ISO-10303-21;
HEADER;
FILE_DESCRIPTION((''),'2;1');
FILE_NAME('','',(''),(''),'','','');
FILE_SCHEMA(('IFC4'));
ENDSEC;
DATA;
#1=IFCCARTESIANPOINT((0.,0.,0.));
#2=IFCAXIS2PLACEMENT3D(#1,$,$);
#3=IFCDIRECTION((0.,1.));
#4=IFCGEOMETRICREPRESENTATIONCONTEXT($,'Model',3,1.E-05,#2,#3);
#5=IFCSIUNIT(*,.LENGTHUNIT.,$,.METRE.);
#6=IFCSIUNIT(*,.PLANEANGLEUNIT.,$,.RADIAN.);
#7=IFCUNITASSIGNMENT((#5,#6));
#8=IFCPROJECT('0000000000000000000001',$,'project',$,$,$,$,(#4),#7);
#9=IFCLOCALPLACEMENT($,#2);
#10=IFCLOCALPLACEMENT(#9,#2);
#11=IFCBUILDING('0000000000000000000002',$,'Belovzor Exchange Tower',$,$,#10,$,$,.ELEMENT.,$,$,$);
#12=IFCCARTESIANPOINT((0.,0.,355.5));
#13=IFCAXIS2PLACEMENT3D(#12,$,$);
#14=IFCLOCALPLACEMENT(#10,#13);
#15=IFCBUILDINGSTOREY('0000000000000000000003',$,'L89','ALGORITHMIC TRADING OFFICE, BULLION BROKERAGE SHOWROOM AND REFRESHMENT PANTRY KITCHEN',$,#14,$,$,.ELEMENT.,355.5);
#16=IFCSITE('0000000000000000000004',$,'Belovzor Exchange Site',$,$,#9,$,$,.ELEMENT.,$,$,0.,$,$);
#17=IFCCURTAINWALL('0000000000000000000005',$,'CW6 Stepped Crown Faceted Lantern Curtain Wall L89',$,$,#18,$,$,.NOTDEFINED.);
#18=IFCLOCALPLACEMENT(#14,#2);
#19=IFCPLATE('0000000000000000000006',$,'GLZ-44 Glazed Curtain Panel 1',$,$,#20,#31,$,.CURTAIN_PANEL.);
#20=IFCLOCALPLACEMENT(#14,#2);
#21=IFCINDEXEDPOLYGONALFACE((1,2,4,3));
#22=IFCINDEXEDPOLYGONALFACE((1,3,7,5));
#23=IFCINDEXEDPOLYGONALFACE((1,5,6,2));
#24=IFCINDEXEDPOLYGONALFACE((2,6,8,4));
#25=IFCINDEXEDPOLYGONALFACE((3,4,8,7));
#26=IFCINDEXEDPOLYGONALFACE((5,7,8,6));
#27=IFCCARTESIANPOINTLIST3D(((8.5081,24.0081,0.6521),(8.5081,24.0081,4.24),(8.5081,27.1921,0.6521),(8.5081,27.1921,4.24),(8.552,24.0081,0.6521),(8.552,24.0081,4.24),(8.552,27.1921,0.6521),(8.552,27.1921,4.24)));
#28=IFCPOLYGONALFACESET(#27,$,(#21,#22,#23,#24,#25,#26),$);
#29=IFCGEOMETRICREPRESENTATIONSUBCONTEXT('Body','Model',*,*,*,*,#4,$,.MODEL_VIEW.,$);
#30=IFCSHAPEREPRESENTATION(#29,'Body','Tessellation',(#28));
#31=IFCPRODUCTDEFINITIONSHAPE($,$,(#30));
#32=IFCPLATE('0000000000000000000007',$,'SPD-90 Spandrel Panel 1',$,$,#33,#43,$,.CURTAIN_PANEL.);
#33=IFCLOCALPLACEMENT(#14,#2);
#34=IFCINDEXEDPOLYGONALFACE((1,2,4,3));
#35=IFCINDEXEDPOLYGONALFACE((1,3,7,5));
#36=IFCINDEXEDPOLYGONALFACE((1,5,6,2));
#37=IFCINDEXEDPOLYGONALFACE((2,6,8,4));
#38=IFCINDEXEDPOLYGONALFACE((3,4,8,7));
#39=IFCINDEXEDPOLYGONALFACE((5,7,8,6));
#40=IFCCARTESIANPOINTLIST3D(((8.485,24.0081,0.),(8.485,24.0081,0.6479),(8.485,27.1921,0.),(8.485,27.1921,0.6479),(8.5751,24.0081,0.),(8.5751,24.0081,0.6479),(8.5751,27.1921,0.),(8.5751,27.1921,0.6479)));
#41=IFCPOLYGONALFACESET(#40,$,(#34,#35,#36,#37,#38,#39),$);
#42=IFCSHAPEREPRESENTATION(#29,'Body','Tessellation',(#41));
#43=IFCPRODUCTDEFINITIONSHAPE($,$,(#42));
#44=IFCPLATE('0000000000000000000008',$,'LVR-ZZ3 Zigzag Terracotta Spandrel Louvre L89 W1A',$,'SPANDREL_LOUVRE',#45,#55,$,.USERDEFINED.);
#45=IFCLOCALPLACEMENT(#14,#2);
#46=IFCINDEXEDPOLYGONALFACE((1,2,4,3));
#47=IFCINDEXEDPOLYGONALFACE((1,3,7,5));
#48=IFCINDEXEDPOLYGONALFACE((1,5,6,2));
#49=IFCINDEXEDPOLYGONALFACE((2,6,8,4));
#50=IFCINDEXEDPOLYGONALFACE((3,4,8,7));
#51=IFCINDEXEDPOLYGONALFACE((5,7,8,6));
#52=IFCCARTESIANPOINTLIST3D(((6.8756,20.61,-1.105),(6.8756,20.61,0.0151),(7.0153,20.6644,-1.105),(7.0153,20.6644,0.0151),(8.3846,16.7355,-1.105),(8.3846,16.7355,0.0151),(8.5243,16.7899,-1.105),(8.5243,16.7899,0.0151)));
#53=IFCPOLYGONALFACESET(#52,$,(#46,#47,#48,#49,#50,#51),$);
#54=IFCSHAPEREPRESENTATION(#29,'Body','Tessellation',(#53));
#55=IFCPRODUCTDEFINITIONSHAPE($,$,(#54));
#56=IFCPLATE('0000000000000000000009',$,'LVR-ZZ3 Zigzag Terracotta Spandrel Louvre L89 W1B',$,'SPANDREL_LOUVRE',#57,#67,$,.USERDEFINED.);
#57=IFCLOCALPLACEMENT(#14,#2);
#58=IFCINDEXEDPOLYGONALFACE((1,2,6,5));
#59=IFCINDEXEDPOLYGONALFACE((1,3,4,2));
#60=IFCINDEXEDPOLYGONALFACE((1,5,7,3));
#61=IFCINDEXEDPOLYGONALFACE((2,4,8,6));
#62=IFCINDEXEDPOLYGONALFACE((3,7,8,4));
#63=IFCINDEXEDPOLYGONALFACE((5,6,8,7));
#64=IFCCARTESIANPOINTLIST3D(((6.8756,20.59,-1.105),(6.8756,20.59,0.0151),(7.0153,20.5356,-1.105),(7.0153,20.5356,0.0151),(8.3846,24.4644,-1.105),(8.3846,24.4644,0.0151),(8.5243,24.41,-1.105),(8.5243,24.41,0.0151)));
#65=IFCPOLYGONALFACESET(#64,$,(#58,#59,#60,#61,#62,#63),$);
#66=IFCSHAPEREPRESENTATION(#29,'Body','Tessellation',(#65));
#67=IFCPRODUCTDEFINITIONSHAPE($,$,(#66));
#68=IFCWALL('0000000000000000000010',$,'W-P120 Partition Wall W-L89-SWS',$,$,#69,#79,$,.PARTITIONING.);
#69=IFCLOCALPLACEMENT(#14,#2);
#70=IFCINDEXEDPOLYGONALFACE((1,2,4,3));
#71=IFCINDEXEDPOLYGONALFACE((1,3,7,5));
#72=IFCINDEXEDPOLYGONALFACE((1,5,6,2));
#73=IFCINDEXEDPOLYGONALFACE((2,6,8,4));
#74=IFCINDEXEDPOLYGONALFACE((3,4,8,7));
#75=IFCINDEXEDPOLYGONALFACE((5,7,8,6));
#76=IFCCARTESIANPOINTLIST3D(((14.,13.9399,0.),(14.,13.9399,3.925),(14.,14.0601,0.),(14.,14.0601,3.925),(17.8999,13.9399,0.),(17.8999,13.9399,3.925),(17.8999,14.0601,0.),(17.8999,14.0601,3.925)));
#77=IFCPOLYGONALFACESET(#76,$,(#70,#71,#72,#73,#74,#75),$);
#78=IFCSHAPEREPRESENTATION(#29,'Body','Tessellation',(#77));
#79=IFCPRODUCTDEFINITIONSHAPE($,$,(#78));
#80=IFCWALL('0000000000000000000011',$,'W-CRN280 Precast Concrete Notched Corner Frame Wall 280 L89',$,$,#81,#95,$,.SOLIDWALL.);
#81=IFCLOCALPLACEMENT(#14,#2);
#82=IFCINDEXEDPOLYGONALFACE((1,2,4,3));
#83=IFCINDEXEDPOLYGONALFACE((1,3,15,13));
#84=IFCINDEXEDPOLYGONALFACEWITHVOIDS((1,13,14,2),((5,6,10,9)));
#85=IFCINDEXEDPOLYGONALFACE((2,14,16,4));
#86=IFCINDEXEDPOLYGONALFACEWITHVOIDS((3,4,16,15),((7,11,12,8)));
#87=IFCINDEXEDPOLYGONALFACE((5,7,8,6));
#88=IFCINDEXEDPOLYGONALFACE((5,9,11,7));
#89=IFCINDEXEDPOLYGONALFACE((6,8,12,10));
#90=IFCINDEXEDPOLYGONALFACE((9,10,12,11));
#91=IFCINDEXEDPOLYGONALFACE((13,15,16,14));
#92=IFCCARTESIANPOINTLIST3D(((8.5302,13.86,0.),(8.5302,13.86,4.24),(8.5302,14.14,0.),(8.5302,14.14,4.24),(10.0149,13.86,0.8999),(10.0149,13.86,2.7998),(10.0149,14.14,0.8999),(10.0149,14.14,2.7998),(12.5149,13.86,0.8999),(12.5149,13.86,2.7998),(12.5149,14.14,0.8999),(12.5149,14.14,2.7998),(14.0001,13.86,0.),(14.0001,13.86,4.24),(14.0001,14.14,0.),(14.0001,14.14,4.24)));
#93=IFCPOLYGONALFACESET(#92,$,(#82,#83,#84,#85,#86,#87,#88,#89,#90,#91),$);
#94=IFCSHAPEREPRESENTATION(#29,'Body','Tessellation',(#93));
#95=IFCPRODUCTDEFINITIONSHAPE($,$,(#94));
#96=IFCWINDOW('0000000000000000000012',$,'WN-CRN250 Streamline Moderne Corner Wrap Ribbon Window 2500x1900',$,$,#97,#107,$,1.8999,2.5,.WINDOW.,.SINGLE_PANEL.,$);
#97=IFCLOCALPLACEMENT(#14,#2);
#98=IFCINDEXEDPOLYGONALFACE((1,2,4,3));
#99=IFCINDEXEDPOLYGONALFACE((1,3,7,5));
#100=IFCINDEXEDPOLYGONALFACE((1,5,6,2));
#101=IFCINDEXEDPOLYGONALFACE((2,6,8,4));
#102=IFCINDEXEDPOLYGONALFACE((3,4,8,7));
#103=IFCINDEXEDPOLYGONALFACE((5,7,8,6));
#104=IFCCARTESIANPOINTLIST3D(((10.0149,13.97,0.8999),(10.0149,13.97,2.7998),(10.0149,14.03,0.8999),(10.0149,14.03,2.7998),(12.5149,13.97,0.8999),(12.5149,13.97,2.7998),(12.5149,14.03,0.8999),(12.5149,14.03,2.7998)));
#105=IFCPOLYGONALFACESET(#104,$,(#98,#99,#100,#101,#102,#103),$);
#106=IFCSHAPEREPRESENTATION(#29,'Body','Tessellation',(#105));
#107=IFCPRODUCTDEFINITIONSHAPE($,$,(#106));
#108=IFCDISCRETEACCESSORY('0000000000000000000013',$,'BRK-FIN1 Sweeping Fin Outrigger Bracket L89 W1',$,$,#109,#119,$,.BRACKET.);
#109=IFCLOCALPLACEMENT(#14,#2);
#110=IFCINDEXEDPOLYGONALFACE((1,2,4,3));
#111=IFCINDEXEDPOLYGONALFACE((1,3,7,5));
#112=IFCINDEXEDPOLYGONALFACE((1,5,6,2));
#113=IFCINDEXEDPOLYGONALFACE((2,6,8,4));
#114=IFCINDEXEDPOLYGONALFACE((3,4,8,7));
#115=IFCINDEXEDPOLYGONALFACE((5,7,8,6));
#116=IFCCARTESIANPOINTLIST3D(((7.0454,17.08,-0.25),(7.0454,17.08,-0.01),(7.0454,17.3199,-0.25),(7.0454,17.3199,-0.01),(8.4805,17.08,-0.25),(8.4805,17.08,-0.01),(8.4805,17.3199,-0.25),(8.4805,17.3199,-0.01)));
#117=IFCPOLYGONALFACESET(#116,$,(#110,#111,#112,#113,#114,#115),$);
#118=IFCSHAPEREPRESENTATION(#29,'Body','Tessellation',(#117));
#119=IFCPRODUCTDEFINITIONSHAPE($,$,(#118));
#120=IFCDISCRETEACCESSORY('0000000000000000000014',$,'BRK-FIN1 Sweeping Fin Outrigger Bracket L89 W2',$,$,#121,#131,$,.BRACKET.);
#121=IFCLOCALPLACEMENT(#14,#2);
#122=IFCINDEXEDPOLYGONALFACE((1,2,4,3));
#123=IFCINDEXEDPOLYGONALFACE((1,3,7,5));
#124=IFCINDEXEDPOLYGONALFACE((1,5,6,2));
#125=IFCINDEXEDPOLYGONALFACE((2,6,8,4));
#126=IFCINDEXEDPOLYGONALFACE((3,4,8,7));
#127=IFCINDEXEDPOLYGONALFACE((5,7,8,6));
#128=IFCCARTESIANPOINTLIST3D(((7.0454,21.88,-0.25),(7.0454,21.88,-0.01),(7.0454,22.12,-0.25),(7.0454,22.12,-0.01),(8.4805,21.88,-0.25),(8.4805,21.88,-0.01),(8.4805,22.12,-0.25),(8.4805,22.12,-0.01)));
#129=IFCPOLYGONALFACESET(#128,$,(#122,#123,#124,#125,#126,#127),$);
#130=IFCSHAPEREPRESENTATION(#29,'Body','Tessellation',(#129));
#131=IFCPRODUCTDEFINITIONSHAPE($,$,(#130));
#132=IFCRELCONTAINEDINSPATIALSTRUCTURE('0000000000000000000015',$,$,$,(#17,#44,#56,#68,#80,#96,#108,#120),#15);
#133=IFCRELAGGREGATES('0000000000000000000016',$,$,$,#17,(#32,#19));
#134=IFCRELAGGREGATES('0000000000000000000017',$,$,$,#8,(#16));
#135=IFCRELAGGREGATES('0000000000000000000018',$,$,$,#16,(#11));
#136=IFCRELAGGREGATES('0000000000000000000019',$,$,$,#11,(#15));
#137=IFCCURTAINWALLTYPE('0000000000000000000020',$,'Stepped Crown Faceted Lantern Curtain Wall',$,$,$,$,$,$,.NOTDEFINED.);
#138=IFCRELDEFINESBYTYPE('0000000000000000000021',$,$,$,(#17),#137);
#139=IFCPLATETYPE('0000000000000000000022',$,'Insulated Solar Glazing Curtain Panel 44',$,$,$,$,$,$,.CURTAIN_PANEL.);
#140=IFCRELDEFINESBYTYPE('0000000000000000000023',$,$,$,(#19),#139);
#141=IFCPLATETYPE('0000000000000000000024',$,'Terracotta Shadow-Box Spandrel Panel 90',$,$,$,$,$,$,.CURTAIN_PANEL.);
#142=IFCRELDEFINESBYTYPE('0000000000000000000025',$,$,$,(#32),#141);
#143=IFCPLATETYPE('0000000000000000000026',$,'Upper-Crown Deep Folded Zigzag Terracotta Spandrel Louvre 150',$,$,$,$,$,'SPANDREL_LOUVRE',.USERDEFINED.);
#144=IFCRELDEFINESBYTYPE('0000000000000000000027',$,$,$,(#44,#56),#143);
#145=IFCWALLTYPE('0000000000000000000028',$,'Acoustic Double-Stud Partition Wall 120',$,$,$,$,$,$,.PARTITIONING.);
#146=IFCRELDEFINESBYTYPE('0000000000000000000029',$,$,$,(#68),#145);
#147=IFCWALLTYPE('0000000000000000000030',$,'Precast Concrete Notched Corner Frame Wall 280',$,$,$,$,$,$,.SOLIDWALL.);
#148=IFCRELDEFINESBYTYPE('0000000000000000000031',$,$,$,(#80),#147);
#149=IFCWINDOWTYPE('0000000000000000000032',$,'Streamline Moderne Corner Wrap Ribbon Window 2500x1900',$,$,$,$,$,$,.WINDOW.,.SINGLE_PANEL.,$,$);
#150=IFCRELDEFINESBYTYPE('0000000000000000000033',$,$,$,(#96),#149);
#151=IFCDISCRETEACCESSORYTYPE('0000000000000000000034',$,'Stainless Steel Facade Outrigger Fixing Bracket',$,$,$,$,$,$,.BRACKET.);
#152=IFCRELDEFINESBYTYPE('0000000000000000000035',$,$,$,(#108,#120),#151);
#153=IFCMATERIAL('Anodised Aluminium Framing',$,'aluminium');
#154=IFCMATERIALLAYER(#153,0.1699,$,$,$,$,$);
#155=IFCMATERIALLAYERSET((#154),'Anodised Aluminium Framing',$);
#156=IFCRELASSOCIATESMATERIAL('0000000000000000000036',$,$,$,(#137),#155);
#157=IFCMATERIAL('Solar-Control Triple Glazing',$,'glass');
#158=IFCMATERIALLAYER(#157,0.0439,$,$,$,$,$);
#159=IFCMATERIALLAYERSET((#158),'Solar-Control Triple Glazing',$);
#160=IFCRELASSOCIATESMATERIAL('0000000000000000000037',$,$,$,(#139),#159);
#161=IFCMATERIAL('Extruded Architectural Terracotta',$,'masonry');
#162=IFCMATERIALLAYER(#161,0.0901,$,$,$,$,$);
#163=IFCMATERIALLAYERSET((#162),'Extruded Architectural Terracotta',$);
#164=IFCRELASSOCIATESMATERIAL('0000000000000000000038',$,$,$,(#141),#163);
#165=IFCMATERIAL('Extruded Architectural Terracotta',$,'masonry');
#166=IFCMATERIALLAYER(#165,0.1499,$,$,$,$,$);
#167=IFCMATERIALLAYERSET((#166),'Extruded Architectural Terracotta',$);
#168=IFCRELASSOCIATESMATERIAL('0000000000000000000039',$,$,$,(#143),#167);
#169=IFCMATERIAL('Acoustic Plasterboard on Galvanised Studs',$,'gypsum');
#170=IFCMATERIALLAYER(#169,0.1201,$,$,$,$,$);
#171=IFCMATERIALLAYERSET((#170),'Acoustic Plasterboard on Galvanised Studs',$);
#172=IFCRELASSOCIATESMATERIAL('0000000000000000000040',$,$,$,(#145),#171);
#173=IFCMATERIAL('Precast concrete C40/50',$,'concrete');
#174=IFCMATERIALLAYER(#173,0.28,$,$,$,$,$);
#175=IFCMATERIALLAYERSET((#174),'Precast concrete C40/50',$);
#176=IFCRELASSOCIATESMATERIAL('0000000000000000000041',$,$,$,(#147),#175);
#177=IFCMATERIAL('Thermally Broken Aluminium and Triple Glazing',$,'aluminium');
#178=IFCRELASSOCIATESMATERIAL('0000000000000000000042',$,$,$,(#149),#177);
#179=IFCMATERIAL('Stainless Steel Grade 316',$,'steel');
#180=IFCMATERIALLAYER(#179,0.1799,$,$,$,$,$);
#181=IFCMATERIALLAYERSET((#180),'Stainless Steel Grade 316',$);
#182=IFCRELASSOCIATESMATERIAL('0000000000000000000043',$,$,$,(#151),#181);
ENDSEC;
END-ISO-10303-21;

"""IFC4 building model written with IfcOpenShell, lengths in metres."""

from ifc_helpers import new_model, si_unit, direction, frame, frame_2d, origin, origin_2d, place, context, subcontext, project, spatial, rectangle, extrude, material, layer, layer_set, type_object, element, fill, aggregate, save


model = new_model("IFC4")

# Units and contexts
model_context = context("Model", 3, precision=1e-05, world=origin(), true_north=direction((0.0, 1.0)))
body_context = subcontext(model_context, "Body", "Model", "MODEL_VIEW")
ifc_project = project(units=[si_unit("LENGTHUNIT", "METRE"), si_unit("PLANEANGLEUNIT", "RADIAN")], contexts=[model_context])

# Site, building, storey
site_placement = place(None, origin())
site = spatial("IfcSite", under=ifc_project, at=site_placement, Name="Belovzor Exchange Site", CompositionType="ELEMENT", RefElevation=0.0)
building_placement = place(site_placement, origin())
building = spatial("IfcBuilding", under=site, at=building_placement, Name="Belovzor Exchange Tower", CompositionType="ELEMENT")
storey_placement = place(building_placement, frame((0.0, 0.0, 355.5)))
storey = spatial("IfcBuildingStorey", under=building, at=storey_placement, Name="L89", Description="ALGORITHMIC TRADING OFFICE, BULLION BROKERAGE SHOWROOM AND REFRESHMENT PANTRY KITCHEN", CompositionType="ELEMENT", Elevation=355.5)

# Curtain wall
ifc_material_1 = material(Name="Anodised Aluminium Framing", Category="aluminium")
ifc_layer_1 = layer(ifc_material_1, 0.1699)
ifc_layer_set_1 = layer_set([ifc_layer_1], Name="Anodised Aluminium Framing")
curtain_wall_type = type_object("IfcCurtainWallType", Name="Stepped Crown Faceted Lantern Curtain Wall", PredefinedType="NOTDEFINED", material=ifc_layer_set_1)
curtain_wall_placement = place(storey_placement, origin())
curtain_wall = element("IfcCurtainWall", 1, at=curtain_wall_placement, inside=storey, type_object=curtain_wall_type, Name="CW6 Stepped Crown Faceted Lantern Curtain Wall L89", PredefinedType="NOTDEFINED")

# Plates
ifc_material_2 = material(Name="Solar-Control Triple Glazing", Category="glass")
ifc_layer_2 = layer(ifc_material_2, 0.0439)
ifc_layer_set_2 = layer_set([ifc_layer_2], Name="Solar-Control Triple Glazing")
plate_type_1 = type_object("IfcPlateType", Name="Insulated Solar Glazing Curtain Panel 44", PredefinedType="CURTAIN_PANEL", material=ifc_layer_set_2)
plate_1_placement = place(storey_placement, frame((8.53, 25.6001, 0.6521), z_axis=(0.0, 0.0, 1.0), x_axis=(0.0, 1.0, 0.0)))
plate_1 = element("IfcPlate", 2, at=plate_1_placement, type_object=plate_type_1, Name="GLZ-44 Glazed Curtain Panel 1", PredefinedType="CURTAIN_PANEL", context=body_context, shape_type="SweptSolid", body=[
    extrude(rectangle(XDim=3.1841, YDim=0.0439, at=origin_2d()), origin(), (0.0, 0.0, 1.0), 3.5879),
])
ifc_material_3 = material(Name="Extruded Architectural Terracotta", Category="masonry")
ifc_layer_3 = layer(ifc_material_3, 0.0901)
ifc_layer_set_3 = layer_set([ifc_layer_3], Name="Extruded Architectural Terracotta")
plate_type_2 = type_object("IfcPlateType", Name="Terracotta Shadow-Box Spandrel Panel 90", PredefinedType="CURTAIN_PANEL", material=ifc_layer_set_3)
plate_2_placement = place(storey_placement, frame((8.53, 25.6001, 0.0), z_axis=(0.0, 0.0, 1.0), x_axis=(0.0, 1.0, 0.0)))
plate_2 = element("IfcPlate", 3, at=plate_2_placement, type_object=plate_type_2, Name="SPD-90 Spandrel Panel 1", PredefinedType="CURTAIN_PANEL", context=body_context, shape_type="SweptSolid", body=[
    extrude(rectangle(XDim=3.1841, YDim=0.0901, at=origin_2d()), origin(), (0.0, 0.0, 1.0), 0.6479),
])
aggregate(curtain_wall, [plate_2, plate_1])

# Plates
ifc_material_4 = material(Name="Extruded Architectural Terracotta", Category="masonry")
ifc_layer_4 = layer(ifc_material_4, 0.1499)
ifc_layer_set_4 = layer_set([ifc_layer_4], Name="Extruded Architectural Terracotta")
plate_type_3 = type_object("IfcPlateType", Name="Upper-Crown Deep Folded Zigzag Terracotta Spandrel Louvre 150", ElementType="SPANDREL_LOUVRE", PredefinedType="USERDEFINED", material=ifc_layer_set_4)
for number, where, z_axis, x_axis, name in (
    (4, (7.7, 18.7, -1.105), (0.0, 0.0, 1.0), (-0.362926, 0.931818, 0.0), "LVR-ZZ3 Zigzag Terracotta Spandrel Louvre L89 W1A"),
    (5, (7.7, 22.5, -1.105), (0.0, 0.0, 1.0), (0.362926, 0.931818, 0.0), "LVR-ZZ3 Zigzag Terracotta Spandrel Louvre L89 W1B"),
):
    element("IfcPlate", number, at=place(storey_placement, frame(where, z_axis=z_axis, x_axis=x_axis)), inside=storey, type_object=plate_type_3, Name=name, ObjectType="SPANDREL_LOUVRE", PredefinedType="USERDEFINED", context=body_context, shape_type="SweptSolid", body=[
        extrude(rectangle(XDim=4.158, YDim=0.1499, at=origin_2d()), origin(), (0.0, 0.0, 1.0), 1.1201),
    ])

# Wall
ifc_material_5 = material(Name="Acoustic Plasterboard on Galvanised Studs", Category="gypsum")
ifc_layer_5 = layer(ifc_material_5, 0.1201)
ifc_layer_set_5 = layer_set([ifc_layer_5], Name="Acoustic Plasterboard on Galvanised Studs")
wall_type_1 = type_object("IfcWallType", Name="Acoustic Double-Stud Partition Wall 120", PredefinedType="PARTITIONING", material=ifc_layer_set_5)
wall_1_placement = place(storey_placement, frame((14.0, 14.0, 0.0), z_axis=(0.0, 0.0, 1.0), x_axis=(1.0, 0.0, 0.0)))
element("IfcWall", 6, at=wall_1_placement, inside=storey, type_object=wall_type_1, Name="W-P120 Partition Wall W-L89-SWS", PredefinedType="PARTITIONING", context=body_context, shape_type="SweptSolid", body=[
    extrude(rectangle(XDim=3.8999, YDim=0.1201, at=frame_2d((1.95, 0.0))), origin(), (0.0, 0.0, 1.0), 3.925),
])

# Wall, opening, window
ifc_material_6 = material(Name="Precast concrete C40/50", Category="concrete")
ifc_layer_6 = layer(ifc_material_6, 0.28)
ifc_layer_set_6 = layer_set([ifc_layer_6], Name="Precast concrete C40/50")
wall_type_2 = type_object("IfcWallType", Name="Precast Concrete Notched Corner Frame Wall 280", PredefinedType="SOLIDWALL", material=ifc_layer_set_6)
wall_2_placement = place(storey_placement, frame((14.0, 14.0, 0.0), z_axis=(0.0, 0.0, 1.0), x_axis=(-1.0, 0.0, 0.0)))
wall_2 = element("IfcWall", 7, at=wall_2_placement, inside=storey, type_object=wall_type_2, Name="W-CRN280 Precast Concrete Notched Corner Frame Wall 280 L89", PredefinedType="SOLIDWALL", context=body_context, shape_type="SweptSolid", body=[
    extrude(rectangle(XDim=5.47, YDim=0.28, at=frame_2d((2.7349, 0.0))), origin(), (0.0, 0.0, 1.0), 4.24),
])
opening_placement = place(wall_2_placement, frame((1.4851, 0.0, 0.8999)))
opening = element("IfcOpeningElement", 8, at=opening_placement, cuts=wall_2, PredefinedType="OPENING", context=body_context, shape_type="SweptSolid", body=[
    extrude(rectangle(XDim=2.5, YDim=1.8999, at=frame_2d((1.25, 0.95))), frame((0.0, 0.1499, 0.0), z_axis=(0.0, -1.0, 0.0), x_axis=(1.0, 0.0, 0.0)), (0.0, 0.0, 1.0), 0.3),
])
ifc_material_7 = material(Name="Thermally Broken Aluminium and Triple Glazing", Category="aluminium")
window_type = type_object("IfcWindowType", Name="Streamline Moderne Corner Wrap Ribbon Window 2500x1900", PartitioningType="SINGLE_PANEL", PredefinedType="WINDOW", material=ifc_material_7)
window_placement = place(opening_placement, origin())
window = element("IfcWindow", 9, at=window_placement, inside=storey, type_object=window_type, Name="WN-CRN250 Streamline Moderne Corner Wrap Ribbon Window 2500x1900", OverallHeight=1.8999, OverallWidth=2.5, PartitioningType="SINGLE_PANEL", PredefinedType="WINDOW", context=body_context, shape_type="SweptSolid", body=[
    extrude(rectangle(XDim=2.5, YDim=1.8999, at=frame_2d((1.25, 0.95))), frame((0.0, 0.03, 0.0), z_axis=(0.0, -1.0, 0.0), x_axis=(1.0, 0.0, 0.0)), (0.0, 0.0, 1.0), 0.0601),
])
fill(opening, window)

# Discrete accessories
ifc_material_8 = material(Name="Stainless Steel Grade 316", Category="steel")
ifc_layer_7 = layer(ifc_material_8, 0.1799)
ifc_layer_set_7 = layer_set([ifc_layer_7], Name="Stainless Steel Grade 316")
discrete_accessory_type = type_object("IfcDiscreteAccessoryType", Name="Stainless Steel Facade Outrigger Fixing Bracket", PredefinedType="BRACKET", material=ifc_layer_set_7)
for number, where, z_axis, x_axis, name in (
    (10, (7.7629, 17.2, -0.25), (0.0, 0.0, 1.0), (1.0, 0.0, 0.0), "BRK-FIN1 Sweeping Fin Outrigger Bracket L89 W1"),
    (11, (7.7629, 22.0, -0.25), (0.0, 0.0, 1.0), (1.0, 0.0, 0.0), "BRK-FIN1 Sweeping Fin Outrigger Bracket L89 W2"),
):
    element("IfcDiscreteAccessory", number, at=place(storey_placement, frame(where, z_axis=z_axis, x_axis=x_axis)), inside=storey, type_object=discrete_accessory_type, Name=name, PredefinedType="BRACKET", context=body_context, shape_type="SweptSolid", body=[
        extrude(rectangle(XDim=1.4351, YDim=0.24, at=origin_2d()), origin(), (0.0, 0.0, 1.0), 0.24),
    ])

save(model, "model.ifc")
